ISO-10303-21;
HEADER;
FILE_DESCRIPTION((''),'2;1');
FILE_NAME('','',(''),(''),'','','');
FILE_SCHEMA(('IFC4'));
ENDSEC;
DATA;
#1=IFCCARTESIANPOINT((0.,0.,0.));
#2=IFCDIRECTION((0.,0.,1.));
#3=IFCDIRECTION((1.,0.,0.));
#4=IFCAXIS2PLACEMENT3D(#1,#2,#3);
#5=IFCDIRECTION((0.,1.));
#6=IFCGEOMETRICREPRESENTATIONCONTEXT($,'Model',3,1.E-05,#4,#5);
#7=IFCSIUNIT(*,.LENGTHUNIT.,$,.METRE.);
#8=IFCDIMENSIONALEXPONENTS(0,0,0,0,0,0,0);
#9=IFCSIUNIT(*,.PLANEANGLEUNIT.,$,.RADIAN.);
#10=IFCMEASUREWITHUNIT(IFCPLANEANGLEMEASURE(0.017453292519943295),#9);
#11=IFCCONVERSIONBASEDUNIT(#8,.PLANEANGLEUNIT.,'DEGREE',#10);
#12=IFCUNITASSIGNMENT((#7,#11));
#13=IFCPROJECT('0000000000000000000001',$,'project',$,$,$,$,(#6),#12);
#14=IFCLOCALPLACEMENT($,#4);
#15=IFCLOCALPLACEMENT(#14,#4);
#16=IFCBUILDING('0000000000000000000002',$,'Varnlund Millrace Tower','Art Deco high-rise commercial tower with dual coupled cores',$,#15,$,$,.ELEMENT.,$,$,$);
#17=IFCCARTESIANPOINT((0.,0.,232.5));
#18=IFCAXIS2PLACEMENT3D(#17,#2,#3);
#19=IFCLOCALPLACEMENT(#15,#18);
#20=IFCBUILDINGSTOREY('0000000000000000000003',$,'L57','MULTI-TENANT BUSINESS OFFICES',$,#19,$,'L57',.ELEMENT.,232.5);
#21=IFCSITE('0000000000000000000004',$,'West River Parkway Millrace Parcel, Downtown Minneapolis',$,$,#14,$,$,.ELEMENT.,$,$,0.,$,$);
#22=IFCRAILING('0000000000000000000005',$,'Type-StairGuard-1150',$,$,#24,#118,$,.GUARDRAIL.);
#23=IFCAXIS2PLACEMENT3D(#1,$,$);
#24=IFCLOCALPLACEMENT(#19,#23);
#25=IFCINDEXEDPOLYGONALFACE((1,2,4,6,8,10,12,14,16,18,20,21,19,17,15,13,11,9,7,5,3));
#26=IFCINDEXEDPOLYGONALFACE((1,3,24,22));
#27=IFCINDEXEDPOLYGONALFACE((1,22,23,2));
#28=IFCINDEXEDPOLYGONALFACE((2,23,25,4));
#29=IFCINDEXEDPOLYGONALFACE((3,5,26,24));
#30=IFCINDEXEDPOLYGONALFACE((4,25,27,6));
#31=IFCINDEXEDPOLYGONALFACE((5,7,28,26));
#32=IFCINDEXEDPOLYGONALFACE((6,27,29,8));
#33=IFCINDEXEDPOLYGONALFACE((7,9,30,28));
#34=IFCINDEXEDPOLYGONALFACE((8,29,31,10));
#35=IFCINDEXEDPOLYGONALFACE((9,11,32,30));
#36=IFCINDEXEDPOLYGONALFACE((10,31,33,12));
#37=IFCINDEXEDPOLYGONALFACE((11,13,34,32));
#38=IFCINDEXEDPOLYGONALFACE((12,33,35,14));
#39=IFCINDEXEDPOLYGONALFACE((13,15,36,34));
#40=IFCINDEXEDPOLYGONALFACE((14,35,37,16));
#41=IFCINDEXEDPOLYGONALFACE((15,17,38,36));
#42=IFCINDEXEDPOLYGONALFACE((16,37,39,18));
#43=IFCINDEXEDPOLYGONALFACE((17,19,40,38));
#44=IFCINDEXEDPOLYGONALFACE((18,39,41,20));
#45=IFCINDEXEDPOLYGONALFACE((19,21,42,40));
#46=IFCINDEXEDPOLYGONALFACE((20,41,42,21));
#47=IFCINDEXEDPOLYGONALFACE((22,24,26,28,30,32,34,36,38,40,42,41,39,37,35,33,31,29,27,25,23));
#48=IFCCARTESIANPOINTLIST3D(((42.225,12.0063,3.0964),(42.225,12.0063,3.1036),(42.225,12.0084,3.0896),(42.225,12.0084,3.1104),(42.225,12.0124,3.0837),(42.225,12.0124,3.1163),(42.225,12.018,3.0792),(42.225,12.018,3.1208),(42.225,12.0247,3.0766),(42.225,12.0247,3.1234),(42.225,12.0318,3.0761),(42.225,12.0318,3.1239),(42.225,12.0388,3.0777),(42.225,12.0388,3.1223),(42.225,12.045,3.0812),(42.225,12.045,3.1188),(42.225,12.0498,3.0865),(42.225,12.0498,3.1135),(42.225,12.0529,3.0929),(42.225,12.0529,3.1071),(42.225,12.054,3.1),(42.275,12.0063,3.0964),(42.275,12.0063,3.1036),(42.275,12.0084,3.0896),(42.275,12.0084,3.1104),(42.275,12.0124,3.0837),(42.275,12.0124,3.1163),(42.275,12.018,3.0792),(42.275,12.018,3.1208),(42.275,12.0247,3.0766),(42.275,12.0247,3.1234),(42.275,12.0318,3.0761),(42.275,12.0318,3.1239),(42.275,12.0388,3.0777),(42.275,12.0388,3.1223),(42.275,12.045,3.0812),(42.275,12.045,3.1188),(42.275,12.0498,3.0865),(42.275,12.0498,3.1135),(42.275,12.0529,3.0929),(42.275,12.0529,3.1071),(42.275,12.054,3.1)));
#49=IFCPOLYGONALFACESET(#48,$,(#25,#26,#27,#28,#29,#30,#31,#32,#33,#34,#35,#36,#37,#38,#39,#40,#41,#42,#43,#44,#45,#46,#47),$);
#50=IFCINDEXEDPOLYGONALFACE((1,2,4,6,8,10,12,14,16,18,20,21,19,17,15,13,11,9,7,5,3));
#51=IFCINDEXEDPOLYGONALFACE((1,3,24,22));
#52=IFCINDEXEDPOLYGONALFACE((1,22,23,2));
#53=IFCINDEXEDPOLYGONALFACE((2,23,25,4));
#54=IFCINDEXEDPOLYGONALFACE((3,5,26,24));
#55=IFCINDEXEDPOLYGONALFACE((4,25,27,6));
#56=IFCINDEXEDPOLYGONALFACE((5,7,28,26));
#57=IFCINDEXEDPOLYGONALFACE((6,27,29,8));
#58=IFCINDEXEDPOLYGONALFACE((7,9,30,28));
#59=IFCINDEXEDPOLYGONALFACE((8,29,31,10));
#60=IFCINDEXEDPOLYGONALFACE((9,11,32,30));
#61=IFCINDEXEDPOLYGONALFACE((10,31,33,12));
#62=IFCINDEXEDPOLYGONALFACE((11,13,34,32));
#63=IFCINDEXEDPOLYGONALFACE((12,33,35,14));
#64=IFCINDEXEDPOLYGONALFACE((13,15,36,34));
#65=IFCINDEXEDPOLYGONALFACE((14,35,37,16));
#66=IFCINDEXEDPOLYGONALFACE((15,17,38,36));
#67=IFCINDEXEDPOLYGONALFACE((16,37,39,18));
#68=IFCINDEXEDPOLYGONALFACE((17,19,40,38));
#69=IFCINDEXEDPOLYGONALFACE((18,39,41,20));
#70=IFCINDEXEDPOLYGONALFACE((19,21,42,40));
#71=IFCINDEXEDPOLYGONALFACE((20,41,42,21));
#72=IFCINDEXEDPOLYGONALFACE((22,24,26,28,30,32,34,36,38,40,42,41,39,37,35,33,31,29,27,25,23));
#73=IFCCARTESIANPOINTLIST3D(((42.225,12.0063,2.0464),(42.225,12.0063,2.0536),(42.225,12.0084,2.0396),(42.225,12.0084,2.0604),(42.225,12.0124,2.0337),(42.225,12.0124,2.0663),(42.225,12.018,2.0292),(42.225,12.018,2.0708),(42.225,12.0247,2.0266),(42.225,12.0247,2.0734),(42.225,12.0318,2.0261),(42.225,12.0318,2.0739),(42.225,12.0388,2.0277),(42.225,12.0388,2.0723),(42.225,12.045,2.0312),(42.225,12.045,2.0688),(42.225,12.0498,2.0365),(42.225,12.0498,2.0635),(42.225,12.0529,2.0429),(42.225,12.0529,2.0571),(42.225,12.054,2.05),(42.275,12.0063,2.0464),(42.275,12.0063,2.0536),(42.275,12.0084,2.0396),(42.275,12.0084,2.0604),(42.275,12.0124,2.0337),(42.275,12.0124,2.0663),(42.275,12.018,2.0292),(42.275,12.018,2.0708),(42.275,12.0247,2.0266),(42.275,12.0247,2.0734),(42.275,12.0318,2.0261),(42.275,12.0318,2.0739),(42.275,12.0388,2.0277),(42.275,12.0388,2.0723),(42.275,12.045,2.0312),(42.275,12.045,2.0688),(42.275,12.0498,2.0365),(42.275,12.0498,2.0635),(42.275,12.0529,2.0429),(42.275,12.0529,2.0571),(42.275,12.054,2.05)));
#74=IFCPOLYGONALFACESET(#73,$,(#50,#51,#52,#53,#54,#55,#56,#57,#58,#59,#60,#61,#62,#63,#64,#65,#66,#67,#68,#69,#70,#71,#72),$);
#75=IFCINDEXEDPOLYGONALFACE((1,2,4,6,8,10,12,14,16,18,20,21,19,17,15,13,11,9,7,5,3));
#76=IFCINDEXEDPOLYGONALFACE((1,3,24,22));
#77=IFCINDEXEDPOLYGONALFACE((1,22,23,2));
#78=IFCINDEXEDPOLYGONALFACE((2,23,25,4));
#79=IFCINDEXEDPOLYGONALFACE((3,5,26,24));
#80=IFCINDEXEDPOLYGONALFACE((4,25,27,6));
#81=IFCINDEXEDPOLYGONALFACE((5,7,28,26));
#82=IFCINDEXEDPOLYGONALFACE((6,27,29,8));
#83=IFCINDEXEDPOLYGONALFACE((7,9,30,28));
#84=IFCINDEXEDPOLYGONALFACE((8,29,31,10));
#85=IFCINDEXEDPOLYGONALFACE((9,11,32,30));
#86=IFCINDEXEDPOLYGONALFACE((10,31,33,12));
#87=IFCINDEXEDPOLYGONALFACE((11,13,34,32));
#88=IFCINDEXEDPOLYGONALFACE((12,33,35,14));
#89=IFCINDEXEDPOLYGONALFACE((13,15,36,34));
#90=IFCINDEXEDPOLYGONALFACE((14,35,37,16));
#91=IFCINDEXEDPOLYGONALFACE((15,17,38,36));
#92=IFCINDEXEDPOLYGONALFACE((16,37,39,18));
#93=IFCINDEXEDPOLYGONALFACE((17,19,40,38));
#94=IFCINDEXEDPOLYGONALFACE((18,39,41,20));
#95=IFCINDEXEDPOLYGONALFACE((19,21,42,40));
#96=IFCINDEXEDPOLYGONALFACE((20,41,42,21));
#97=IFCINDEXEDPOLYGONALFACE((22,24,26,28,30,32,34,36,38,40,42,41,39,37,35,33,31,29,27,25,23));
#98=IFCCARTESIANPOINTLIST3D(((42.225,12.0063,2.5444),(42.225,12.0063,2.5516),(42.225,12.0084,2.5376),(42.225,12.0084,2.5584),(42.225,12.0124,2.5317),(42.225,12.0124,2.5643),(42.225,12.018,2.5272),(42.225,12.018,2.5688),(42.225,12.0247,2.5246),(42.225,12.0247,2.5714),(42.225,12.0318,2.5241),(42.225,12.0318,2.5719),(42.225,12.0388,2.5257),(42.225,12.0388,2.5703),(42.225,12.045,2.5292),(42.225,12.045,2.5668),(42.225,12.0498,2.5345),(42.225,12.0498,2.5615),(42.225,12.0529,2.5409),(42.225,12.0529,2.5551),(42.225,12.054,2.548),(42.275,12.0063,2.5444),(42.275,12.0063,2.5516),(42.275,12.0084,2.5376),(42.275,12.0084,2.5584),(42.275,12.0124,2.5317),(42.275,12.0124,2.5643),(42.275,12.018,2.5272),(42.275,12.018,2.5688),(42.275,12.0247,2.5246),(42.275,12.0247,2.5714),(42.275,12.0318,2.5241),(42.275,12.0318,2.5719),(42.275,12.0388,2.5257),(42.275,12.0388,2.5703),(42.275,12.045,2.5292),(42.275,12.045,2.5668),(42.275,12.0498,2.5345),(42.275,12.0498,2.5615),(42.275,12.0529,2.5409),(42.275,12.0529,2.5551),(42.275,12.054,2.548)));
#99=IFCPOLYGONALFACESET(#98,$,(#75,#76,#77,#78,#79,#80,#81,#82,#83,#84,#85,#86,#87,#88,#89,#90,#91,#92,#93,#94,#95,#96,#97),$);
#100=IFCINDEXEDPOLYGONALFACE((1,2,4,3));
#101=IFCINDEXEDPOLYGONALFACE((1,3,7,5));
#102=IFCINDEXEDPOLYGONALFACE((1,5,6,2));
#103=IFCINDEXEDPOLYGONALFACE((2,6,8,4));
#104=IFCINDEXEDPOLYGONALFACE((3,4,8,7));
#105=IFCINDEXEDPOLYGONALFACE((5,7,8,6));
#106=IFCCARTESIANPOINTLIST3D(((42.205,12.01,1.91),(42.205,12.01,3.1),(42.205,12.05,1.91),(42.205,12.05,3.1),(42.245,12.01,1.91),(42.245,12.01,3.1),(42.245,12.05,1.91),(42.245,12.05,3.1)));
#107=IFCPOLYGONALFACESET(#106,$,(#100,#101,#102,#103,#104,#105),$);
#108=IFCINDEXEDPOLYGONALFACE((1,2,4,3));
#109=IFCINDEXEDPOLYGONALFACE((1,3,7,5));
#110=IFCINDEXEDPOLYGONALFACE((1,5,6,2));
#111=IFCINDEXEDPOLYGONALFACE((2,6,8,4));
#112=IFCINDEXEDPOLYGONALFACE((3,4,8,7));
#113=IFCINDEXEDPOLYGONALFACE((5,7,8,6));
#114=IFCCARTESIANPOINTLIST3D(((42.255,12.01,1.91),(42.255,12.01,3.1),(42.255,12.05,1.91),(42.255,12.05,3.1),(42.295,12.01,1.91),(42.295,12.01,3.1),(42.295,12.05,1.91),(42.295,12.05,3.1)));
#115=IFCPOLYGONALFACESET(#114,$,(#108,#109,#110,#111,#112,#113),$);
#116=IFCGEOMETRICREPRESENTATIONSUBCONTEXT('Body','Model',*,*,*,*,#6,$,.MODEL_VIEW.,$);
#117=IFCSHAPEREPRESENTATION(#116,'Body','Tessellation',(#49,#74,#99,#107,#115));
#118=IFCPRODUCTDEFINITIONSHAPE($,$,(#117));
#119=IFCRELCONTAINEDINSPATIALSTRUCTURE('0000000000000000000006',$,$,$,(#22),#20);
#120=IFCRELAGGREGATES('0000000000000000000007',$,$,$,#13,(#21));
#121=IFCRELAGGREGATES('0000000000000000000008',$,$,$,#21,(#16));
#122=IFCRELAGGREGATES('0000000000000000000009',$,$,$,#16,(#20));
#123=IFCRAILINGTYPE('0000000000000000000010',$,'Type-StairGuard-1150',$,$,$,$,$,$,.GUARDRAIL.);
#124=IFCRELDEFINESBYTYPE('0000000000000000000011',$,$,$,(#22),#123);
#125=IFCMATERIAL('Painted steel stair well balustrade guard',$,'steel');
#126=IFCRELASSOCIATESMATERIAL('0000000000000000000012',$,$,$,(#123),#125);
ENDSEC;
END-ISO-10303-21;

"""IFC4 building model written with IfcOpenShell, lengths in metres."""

from ifc_helpers import new_model, entity, si_unit, converted_unit, direction, frame, origin_with_axes, origin_2d_with_axis, place, context, subcontext, project, spatial, rectangle, circle, extrude, material, type_object, element, save


model = new_model("IFC4")

# Units and contexts
model_context = context("Model", 3, precision=1e-05, world=origin_with_axes(), true_north=direction((0.0, 1.0)))
body_context = subcontext(model_context, "Body", "Model", "MODEL_VIEW")
ifc_project = project(units=[si_unit("LENGTHUNIT", "METRE"), converted_unit("PLANEANGLEUNIT", "DEGREE", entity("IfcPlaneAngleMeasure", 0.017453292519943295), si_unit("PLANEANGLEUNIT", "RADIAN"), dimensions=[0, 0, 0, 0, 0, 0, 0])], contexts=[model_context])

# Site, building, storey
site_placement = place(None, origin_with_axes())
site = spatial("IfcSite", under=ifc_project, at=site_placement, Name="West River Parkway Millrace Parcel, Downtown Minneapolis", CompositionType="ELEMENT", RefElevation=0.0)
building_placement = place(site_placement, origin_with_axes())
building = spatial("IfcBuilding", under=site, at=building_placement, Name="Varnlund Millrace Tower", Description="Art Deco high-rise commercial tower with dual coupled cores", CompositionType="ELEMENT")
storey_placement = place(building_placement, frame((0.0, 0.0, 232.5), z_axis=(0.0, 0.0, 1.0), x_axis=(1.0, 0.0, 0.0)))
storey = spatial("IfcBuildingStorey", under=building, at=storey_placement, Name="L57", Description="MULTI-TENANT BUSINESS OFFICES", LongName="L57", CompositionType="ELEMENT", Elevation=232.5)

# Railing
ifc_material_1 = material(Name="Painted steel stair well balustrade guard", Category="steel")
railing_type_1 = type_object("IfcRailingType", Name="Type-StairGuard-1150", PredefinedType="GUARDRAIL", material=ifc_material_1)
railing_1_placement = place(storey_placement, frame((0.0, 0.0, -232.5), z_axis=(0.0, 0.0, 1.0), x_axis=(1.0, 0.0, 0.0)))
element("IfcRailing", 1, at=railing_1_placement, inside=storey, type_object=railing_type_1, Name="Type-StairGuard-1150", PredefinedType="GUARDRAIL", context=body_context, shape_type="SweptSolid", body=[
    extrude(circle(Radius=0.024, at=origin_2d_with_axis()), frame((42.225, 12.03, 235.6), z_axis=(1.0, 0.0, 0.0), x_axis=(0.0, 1.0, 0.0)), (0.0, 0.0, 1.0), 0.05),
    extrude(circle(Radius=0.024, at=origin_2d_with_axis()), frame((42.225, 12.03, 234.55), z_axis=(1.0, 0.0, 0.0), x_axis=(0.0, 1.0, 0.0)), (0.0, 0.0, 1.0), 0.05),
    extrude(circle(Radius=0.024, at=origin_2d_with_axis()), frame((42.225, 12.03, 235.048), z_axis=(1.0, 0.0, 0.0), x_axis=(0.0, 1.0, 0.0)), (0.0, 0.0, 1.0), 0.05),
    extrude(rectangle(XDim=0.04, YDim=0.04, at=origin_2d_with_axis()), frame((42.225, 12.03, 234.41), z_axis=(0.0, 0.0, 1.0), x_axis=(1.0, 0.0, 0.0)), (0.0, 0.0, 1.0), 1.19),
    extrude(rectangle(XDim=0.04, YDim=0.04, at=origin_2d_with_axis()), frame((42.275, 12.03, 234.41), z_axis=(0.0, 0.0, 1.0), x_axis=(1.0, 0.0, 0.0)), (0.0, 0.0, 1.0), 1.19),
])

save(model, "model.ifc")
